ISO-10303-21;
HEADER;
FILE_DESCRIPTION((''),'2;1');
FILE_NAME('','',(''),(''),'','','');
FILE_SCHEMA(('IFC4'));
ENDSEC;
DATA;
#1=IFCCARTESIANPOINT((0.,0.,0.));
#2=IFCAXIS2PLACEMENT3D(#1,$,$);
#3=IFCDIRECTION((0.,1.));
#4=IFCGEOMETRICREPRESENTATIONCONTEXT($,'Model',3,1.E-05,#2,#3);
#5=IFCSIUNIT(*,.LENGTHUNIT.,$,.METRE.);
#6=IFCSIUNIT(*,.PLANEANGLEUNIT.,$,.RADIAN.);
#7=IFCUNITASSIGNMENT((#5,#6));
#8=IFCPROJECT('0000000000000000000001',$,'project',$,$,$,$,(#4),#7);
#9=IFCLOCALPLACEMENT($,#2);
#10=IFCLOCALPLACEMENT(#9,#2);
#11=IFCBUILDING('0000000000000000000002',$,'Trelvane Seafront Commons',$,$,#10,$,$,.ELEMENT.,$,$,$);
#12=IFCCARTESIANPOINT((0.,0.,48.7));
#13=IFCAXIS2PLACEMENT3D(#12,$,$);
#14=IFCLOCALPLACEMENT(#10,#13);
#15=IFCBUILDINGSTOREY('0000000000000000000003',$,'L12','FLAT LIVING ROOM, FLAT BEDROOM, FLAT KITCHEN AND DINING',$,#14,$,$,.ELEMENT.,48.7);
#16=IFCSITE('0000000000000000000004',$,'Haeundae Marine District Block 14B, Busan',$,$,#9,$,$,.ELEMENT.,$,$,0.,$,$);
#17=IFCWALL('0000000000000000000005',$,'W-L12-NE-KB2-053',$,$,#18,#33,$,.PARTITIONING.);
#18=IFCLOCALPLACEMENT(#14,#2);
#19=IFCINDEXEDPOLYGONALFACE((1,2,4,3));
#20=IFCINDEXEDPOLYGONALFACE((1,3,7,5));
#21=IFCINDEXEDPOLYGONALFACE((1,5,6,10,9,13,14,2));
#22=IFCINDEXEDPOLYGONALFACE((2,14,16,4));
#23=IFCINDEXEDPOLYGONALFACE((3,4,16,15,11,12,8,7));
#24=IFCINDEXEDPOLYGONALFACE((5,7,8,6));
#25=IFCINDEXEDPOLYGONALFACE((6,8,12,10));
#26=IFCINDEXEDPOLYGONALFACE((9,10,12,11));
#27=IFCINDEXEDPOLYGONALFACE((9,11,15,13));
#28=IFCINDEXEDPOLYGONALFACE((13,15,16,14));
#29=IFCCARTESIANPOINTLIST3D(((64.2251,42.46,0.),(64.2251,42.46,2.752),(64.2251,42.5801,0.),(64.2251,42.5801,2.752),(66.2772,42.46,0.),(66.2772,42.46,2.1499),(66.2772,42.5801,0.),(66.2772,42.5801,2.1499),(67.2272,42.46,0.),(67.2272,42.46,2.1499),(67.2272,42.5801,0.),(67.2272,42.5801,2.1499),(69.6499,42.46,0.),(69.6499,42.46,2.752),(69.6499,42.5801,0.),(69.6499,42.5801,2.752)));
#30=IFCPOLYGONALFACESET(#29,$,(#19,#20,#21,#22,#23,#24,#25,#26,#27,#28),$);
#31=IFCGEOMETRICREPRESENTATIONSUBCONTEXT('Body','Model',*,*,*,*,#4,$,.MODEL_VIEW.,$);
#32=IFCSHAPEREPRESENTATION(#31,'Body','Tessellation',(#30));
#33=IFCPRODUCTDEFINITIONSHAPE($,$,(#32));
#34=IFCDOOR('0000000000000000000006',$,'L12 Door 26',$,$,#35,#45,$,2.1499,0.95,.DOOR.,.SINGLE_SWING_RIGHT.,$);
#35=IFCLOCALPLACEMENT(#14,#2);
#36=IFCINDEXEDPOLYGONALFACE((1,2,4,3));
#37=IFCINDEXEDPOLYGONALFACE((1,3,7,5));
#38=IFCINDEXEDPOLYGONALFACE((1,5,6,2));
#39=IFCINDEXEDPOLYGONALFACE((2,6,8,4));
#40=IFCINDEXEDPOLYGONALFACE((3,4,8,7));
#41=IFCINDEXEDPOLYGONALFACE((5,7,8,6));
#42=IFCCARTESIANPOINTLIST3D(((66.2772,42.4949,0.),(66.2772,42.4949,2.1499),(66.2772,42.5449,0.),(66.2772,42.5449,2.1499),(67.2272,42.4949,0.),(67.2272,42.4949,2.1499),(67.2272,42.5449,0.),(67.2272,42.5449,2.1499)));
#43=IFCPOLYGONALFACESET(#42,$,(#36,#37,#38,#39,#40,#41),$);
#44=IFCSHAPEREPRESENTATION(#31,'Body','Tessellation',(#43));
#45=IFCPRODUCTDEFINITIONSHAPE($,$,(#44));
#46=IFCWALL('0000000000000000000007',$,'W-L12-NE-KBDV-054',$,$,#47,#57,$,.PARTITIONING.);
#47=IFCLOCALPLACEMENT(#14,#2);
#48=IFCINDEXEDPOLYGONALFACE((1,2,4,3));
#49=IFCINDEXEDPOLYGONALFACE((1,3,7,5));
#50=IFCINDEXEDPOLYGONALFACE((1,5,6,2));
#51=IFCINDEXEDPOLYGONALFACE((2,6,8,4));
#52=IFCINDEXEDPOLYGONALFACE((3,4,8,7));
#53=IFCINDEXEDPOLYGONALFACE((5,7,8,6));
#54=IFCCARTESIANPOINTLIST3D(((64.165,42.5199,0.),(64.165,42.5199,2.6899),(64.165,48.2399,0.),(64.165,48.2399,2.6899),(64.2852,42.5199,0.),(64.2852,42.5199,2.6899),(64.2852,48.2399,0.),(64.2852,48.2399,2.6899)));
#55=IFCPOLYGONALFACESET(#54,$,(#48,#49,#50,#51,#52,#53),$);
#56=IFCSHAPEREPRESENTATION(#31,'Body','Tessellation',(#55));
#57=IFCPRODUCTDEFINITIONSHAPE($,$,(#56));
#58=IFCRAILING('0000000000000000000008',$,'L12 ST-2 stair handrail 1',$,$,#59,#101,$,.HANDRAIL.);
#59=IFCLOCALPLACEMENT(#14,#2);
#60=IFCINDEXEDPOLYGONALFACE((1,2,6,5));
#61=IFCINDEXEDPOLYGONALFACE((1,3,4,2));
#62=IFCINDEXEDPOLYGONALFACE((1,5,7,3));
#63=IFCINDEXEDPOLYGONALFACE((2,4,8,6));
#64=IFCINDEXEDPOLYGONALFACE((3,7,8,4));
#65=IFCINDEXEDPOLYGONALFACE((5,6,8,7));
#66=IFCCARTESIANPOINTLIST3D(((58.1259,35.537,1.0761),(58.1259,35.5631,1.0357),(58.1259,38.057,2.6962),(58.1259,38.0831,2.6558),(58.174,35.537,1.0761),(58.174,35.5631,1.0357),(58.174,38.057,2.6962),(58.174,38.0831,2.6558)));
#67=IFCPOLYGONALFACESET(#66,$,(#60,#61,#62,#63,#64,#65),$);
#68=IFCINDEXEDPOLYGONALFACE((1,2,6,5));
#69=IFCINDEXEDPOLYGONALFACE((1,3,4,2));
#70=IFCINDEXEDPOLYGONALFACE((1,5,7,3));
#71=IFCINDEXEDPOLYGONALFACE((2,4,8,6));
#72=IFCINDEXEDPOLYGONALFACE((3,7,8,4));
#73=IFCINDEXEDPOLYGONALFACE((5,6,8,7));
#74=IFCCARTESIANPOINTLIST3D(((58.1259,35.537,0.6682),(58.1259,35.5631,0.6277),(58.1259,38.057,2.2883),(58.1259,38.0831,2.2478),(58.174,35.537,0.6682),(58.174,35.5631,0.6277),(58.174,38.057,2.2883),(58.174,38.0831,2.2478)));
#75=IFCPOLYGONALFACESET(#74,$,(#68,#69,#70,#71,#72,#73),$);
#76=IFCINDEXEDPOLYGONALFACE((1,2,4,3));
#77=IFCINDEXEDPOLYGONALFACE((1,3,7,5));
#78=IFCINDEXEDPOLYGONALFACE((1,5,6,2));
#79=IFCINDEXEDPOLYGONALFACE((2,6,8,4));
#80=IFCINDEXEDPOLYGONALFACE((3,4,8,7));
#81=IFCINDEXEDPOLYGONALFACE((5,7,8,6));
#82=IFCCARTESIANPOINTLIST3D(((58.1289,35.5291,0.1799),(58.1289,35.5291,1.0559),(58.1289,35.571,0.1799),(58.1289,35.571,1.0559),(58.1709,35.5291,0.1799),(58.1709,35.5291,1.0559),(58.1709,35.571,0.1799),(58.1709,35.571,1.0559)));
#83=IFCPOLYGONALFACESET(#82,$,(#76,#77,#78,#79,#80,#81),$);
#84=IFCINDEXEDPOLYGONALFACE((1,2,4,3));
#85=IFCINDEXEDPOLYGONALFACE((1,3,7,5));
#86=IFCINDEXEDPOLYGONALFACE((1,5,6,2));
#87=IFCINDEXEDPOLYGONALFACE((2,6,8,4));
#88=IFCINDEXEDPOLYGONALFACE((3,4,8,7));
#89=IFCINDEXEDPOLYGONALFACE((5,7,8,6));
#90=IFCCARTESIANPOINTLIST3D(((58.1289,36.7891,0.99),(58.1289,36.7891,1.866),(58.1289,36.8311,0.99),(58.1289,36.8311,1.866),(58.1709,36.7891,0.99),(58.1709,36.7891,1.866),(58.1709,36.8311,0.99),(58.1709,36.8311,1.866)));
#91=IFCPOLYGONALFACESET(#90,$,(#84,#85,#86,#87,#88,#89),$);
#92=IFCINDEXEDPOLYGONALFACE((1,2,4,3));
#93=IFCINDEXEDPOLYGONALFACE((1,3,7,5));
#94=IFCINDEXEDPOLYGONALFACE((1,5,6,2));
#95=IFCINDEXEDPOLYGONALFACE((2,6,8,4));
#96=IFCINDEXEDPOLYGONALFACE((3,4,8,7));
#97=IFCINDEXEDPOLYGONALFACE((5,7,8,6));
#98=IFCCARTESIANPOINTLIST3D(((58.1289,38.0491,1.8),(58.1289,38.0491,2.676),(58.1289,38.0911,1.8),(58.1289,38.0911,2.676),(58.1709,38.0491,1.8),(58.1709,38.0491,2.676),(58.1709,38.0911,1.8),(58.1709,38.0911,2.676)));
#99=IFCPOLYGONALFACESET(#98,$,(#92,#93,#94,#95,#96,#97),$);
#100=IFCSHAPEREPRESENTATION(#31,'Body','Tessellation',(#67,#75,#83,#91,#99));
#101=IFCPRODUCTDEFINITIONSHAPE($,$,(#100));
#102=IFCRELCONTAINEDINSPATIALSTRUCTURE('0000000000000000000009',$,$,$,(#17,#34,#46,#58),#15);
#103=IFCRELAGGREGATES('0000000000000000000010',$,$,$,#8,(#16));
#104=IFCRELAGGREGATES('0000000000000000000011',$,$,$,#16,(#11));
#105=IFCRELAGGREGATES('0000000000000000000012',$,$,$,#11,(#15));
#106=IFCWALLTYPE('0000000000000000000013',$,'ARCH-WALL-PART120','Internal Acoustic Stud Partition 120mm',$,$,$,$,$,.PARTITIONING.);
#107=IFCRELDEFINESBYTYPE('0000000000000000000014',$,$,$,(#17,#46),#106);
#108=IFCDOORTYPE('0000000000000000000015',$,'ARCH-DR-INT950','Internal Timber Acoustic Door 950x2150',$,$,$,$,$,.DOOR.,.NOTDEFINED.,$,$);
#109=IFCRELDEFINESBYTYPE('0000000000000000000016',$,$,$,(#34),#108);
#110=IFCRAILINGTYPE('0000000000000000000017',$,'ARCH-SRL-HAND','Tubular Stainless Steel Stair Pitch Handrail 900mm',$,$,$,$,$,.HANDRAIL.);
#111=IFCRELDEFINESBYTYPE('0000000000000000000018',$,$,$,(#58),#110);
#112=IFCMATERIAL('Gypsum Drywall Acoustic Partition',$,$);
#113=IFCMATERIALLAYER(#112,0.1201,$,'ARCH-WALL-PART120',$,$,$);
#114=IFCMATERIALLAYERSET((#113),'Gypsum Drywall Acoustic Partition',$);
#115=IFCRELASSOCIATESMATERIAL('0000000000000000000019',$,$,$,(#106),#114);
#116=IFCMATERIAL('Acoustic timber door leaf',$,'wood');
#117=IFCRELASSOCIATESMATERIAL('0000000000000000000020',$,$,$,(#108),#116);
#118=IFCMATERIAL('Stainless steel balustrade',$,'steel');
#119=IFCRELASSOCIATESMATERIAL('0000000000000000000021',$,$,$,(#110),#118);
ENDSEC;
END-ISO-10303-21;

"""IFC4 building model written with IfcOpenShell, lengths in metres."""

from ifc_helpers import new_model, si_unit, direction, frame, frame_2d, origin, origin_2d, place, context, subcontext, project, spatial, rectangle, extrude, source, transform, mapped, material, layer, layer_set, type_object, element, fill, save


model = new_model("IFC4")

# Units and contexts
model_context = context("Model", 3, precision=1e-05, world=origin(), true_north=direction((0.0, 1.0)))
body_context = subcontext(model_context, "Body", "Model", "MODEL_VIEW")
ifc_project = project(units=[si_unit("LENGTHUNIT", "METRE"), si_unit("PLANEANGLEUNIT", "RADIAN")], contexts=[model_context])

# Site, building, storey
site_placement = place(None, origin())
site = spatial("IfcSite", under=ifc_project, at=site_placement, Name="Haeundae Marine District Block 14B, Busan", CompositionType="ELEMENT", RefElevation=0.0)
building_placement = place(site_placement, origin())
building = spatial("IfcBuilding", under=site, at=building_placement, Name="Trelvane Seafront Commons", CompositionType="ELEMENT")
storey_placement = place(building_placement, frame((0.0, 0.0, 48.7)))
storey = spatial("IfcBuildingStorey", under=building, at=storey_placement, Name="L12", Description="FLAT LIVING ROOM, FLAT BEDROOM, FLAT KITCHEN AND DINING", CompositionType="ELEMENT", Elevation=48.7)

# Shared definitions
ifc_material_1 = material(Name="Gypsum Drywall Acoustic Partition")
ifc_layer_1 = layer(ifc_material_1, 0.1201, Name="ARCH-WALL-PART120")
ifc_layer_set_1 = layer_set([ifc_layer_1], Name="Gypsum Drywall Acoustic Partition")
wall_type_1 = type_object("IfcWallType", Name="ARCH-WALL-PART120", Description="Internal Acoustic Stud Partition 120mm", PredefinedType="PARTITIONING", material=ifc_layer_set_1)

# Wall, opening, door
ifc_material_2 = material(Name="Acoustic timber door leaf", Category="wood")
door_type_1 = type_object("IfcDoorType", Name="ARCH-DR-INT950", Description="Internal Timber Acoustic Door 950x2150", OperationType="NOTDEFINED", PredefinedType="DOOR", material=ifc_material_2)
shared_shape_1 = source(origin(), body_context, "Body", "SweptSolid", [
    extrude(rectangle(XDim=0.95, YDim=2.1499, at=frame_2d((0.4751, 1.075))), frame((0.0, 0.0249, 0.0), z_axis=(0.0, -1.0, 0.0), x_axis=(1.0, 0.0, 0.0)), (0.0, 0.0, 1.0), 0.05),
])
wall_1_placement = place(storey_placement, frame((64.2251, 42.52, 0.0), z_axis=(0.0, 0.0, 1.0), x_axis=(1.0, 0.0, 0.0)))
wall_1 = element("IfcWall", 1, at=wall_1_placement, inside=storey, type_object=wall_type_1, Name="W-L12-NE-KB2-053", PredefinedType="PARTITIONING", context=body_context, shape_type="SweptSolid", body=[
    extrude(rectangle(XDim=5.4248, YDim=0.1201, at=frame_2d((2.7124, 0.0))), origin(), (0.0, 0.0, 1.0), 2.752),
])
opening_1_placement = place(wall_1_placement, frame((2.052, 0.0, 0.0)))
opening_1 = element("IfcOpeningElement", 2, at=opening_1_placement, cuts=wall_1, PredefinedType="OPENING", context=body_context, shape_type="SweptSolid", body=[
    extrude(rectangle(XDim=0.95, YDim=2.1499, at=frame_2d((0.4751, 1.075))), frame((0.0, 0.0701, 0.0), z_axis=(0.0, -1.0, 0.0), x_axis=(1.0, 0.0, 0.0)), (0.0, 0.0, 1.0), 0.1401),
])
door_1_placement = place(opening_1_placement, origin())
door_1 = element("IfcDoor", 3, at=door_1_placement, inside=storey, type_object=door_type_1, Name="L12 Door 26", OperationType="SINGLE_SWING_RIGHT", OverallHeight=2.1499, OverallWidth=0.95, PredefinedType="DOOR", context=body_context, shape_type="MappedRepresentation", body=[
    mapped(shared_shape_1, transform((0.0, 0.0, 0.0), x_axis=(1.0, 0.0, 0.0), y_axis=(0.0, 1.0, 0.0), z_axis=(0.0, 0.0, 1.0), scale=1.0)),
])
fill(opening_1, door_1)

# Wall
wall_2_placement = place(storey_placement, frame((64.2251, 42.52, 0.0), z_axis=(0.0, 0.0, 1.0), x_axis=(0.0, 1.0, 0.0)))
element("IfcWall", 4, at=wall_2_placement, inside=storey, type_object=wall_type_1, Name="W-L12-NE-KBDV-054", PredefinedType="PARTITIONING", context=body_context, shape_type="SweptSolid", body=[
    extrude(rectangle(XDim=5.72, YDim=0.1201, at=frame_2d((2.8599, 0.0))), origin(), (0.0, 0.0, 1.0), 2.6899),
])

# Railing
ifc_material_3 = material(Name="Stainless steel balustrade", Category="steel")
railing_type = type_object("IfcRailingType", Name="ARCH-SRL-HAND", Description="Tubular Stainless Steel Stair Pitch Handrail 900mm", PredefinedType="HANDRAIL", material=ifc_material_3)
railing_placement = place(storey_placement, frame((58.1499, 35.55, 0.1799)))
element("IfcRailing", 5, at=railing_placement, inside=storey, type_object=railing_type, Name="L12 ST-2 stair handrail 1", PredefinedType="HANDRAIL", context=body_context, shape_type="SweptSolid", body=[
    extrude(rectangle(XDim=0.0481, YDim=0.0481, at=origin_2d()), frame((0.0, 0.0, 0.876), z_axis=(0.0, 0.841163, 0.540782), x_axis=(-1.0, 0.0, 0.0)), (0.0, 0.0, 1.0), 2.9958),
    extrude(rectangle(XDim=0.0481, YDim=0.0481, at=origin_2d()), frame((0.0, 0.0, 0.468), z_axis=(0.0, 0.841163, 0.540782), x_axis=(-1.0, 0.0, 0.0)), (0.0, 0.0, 1.0), 2.9958),
    extrude(rectangle(XDim=0.042, YDim=0.042, at=origin_2d()), origin(), (0.0, 0.0, 1.0), 0.876),
    extrude(rectangle(XDim=0.042, YDim=0.042, at=origin_2d()), frame((0.0, 1.26, 0.8101)), (0.0, 0.0, 1.0), 0.876),
    extrude(rectangle(XDim=0.042, YDim=0.042, at=origin_2d()), frame((0.0, 2.52, 1.6201)), (0.0, 0.0, 1.0), 0.876),
])

save(model, "model.ifc")
